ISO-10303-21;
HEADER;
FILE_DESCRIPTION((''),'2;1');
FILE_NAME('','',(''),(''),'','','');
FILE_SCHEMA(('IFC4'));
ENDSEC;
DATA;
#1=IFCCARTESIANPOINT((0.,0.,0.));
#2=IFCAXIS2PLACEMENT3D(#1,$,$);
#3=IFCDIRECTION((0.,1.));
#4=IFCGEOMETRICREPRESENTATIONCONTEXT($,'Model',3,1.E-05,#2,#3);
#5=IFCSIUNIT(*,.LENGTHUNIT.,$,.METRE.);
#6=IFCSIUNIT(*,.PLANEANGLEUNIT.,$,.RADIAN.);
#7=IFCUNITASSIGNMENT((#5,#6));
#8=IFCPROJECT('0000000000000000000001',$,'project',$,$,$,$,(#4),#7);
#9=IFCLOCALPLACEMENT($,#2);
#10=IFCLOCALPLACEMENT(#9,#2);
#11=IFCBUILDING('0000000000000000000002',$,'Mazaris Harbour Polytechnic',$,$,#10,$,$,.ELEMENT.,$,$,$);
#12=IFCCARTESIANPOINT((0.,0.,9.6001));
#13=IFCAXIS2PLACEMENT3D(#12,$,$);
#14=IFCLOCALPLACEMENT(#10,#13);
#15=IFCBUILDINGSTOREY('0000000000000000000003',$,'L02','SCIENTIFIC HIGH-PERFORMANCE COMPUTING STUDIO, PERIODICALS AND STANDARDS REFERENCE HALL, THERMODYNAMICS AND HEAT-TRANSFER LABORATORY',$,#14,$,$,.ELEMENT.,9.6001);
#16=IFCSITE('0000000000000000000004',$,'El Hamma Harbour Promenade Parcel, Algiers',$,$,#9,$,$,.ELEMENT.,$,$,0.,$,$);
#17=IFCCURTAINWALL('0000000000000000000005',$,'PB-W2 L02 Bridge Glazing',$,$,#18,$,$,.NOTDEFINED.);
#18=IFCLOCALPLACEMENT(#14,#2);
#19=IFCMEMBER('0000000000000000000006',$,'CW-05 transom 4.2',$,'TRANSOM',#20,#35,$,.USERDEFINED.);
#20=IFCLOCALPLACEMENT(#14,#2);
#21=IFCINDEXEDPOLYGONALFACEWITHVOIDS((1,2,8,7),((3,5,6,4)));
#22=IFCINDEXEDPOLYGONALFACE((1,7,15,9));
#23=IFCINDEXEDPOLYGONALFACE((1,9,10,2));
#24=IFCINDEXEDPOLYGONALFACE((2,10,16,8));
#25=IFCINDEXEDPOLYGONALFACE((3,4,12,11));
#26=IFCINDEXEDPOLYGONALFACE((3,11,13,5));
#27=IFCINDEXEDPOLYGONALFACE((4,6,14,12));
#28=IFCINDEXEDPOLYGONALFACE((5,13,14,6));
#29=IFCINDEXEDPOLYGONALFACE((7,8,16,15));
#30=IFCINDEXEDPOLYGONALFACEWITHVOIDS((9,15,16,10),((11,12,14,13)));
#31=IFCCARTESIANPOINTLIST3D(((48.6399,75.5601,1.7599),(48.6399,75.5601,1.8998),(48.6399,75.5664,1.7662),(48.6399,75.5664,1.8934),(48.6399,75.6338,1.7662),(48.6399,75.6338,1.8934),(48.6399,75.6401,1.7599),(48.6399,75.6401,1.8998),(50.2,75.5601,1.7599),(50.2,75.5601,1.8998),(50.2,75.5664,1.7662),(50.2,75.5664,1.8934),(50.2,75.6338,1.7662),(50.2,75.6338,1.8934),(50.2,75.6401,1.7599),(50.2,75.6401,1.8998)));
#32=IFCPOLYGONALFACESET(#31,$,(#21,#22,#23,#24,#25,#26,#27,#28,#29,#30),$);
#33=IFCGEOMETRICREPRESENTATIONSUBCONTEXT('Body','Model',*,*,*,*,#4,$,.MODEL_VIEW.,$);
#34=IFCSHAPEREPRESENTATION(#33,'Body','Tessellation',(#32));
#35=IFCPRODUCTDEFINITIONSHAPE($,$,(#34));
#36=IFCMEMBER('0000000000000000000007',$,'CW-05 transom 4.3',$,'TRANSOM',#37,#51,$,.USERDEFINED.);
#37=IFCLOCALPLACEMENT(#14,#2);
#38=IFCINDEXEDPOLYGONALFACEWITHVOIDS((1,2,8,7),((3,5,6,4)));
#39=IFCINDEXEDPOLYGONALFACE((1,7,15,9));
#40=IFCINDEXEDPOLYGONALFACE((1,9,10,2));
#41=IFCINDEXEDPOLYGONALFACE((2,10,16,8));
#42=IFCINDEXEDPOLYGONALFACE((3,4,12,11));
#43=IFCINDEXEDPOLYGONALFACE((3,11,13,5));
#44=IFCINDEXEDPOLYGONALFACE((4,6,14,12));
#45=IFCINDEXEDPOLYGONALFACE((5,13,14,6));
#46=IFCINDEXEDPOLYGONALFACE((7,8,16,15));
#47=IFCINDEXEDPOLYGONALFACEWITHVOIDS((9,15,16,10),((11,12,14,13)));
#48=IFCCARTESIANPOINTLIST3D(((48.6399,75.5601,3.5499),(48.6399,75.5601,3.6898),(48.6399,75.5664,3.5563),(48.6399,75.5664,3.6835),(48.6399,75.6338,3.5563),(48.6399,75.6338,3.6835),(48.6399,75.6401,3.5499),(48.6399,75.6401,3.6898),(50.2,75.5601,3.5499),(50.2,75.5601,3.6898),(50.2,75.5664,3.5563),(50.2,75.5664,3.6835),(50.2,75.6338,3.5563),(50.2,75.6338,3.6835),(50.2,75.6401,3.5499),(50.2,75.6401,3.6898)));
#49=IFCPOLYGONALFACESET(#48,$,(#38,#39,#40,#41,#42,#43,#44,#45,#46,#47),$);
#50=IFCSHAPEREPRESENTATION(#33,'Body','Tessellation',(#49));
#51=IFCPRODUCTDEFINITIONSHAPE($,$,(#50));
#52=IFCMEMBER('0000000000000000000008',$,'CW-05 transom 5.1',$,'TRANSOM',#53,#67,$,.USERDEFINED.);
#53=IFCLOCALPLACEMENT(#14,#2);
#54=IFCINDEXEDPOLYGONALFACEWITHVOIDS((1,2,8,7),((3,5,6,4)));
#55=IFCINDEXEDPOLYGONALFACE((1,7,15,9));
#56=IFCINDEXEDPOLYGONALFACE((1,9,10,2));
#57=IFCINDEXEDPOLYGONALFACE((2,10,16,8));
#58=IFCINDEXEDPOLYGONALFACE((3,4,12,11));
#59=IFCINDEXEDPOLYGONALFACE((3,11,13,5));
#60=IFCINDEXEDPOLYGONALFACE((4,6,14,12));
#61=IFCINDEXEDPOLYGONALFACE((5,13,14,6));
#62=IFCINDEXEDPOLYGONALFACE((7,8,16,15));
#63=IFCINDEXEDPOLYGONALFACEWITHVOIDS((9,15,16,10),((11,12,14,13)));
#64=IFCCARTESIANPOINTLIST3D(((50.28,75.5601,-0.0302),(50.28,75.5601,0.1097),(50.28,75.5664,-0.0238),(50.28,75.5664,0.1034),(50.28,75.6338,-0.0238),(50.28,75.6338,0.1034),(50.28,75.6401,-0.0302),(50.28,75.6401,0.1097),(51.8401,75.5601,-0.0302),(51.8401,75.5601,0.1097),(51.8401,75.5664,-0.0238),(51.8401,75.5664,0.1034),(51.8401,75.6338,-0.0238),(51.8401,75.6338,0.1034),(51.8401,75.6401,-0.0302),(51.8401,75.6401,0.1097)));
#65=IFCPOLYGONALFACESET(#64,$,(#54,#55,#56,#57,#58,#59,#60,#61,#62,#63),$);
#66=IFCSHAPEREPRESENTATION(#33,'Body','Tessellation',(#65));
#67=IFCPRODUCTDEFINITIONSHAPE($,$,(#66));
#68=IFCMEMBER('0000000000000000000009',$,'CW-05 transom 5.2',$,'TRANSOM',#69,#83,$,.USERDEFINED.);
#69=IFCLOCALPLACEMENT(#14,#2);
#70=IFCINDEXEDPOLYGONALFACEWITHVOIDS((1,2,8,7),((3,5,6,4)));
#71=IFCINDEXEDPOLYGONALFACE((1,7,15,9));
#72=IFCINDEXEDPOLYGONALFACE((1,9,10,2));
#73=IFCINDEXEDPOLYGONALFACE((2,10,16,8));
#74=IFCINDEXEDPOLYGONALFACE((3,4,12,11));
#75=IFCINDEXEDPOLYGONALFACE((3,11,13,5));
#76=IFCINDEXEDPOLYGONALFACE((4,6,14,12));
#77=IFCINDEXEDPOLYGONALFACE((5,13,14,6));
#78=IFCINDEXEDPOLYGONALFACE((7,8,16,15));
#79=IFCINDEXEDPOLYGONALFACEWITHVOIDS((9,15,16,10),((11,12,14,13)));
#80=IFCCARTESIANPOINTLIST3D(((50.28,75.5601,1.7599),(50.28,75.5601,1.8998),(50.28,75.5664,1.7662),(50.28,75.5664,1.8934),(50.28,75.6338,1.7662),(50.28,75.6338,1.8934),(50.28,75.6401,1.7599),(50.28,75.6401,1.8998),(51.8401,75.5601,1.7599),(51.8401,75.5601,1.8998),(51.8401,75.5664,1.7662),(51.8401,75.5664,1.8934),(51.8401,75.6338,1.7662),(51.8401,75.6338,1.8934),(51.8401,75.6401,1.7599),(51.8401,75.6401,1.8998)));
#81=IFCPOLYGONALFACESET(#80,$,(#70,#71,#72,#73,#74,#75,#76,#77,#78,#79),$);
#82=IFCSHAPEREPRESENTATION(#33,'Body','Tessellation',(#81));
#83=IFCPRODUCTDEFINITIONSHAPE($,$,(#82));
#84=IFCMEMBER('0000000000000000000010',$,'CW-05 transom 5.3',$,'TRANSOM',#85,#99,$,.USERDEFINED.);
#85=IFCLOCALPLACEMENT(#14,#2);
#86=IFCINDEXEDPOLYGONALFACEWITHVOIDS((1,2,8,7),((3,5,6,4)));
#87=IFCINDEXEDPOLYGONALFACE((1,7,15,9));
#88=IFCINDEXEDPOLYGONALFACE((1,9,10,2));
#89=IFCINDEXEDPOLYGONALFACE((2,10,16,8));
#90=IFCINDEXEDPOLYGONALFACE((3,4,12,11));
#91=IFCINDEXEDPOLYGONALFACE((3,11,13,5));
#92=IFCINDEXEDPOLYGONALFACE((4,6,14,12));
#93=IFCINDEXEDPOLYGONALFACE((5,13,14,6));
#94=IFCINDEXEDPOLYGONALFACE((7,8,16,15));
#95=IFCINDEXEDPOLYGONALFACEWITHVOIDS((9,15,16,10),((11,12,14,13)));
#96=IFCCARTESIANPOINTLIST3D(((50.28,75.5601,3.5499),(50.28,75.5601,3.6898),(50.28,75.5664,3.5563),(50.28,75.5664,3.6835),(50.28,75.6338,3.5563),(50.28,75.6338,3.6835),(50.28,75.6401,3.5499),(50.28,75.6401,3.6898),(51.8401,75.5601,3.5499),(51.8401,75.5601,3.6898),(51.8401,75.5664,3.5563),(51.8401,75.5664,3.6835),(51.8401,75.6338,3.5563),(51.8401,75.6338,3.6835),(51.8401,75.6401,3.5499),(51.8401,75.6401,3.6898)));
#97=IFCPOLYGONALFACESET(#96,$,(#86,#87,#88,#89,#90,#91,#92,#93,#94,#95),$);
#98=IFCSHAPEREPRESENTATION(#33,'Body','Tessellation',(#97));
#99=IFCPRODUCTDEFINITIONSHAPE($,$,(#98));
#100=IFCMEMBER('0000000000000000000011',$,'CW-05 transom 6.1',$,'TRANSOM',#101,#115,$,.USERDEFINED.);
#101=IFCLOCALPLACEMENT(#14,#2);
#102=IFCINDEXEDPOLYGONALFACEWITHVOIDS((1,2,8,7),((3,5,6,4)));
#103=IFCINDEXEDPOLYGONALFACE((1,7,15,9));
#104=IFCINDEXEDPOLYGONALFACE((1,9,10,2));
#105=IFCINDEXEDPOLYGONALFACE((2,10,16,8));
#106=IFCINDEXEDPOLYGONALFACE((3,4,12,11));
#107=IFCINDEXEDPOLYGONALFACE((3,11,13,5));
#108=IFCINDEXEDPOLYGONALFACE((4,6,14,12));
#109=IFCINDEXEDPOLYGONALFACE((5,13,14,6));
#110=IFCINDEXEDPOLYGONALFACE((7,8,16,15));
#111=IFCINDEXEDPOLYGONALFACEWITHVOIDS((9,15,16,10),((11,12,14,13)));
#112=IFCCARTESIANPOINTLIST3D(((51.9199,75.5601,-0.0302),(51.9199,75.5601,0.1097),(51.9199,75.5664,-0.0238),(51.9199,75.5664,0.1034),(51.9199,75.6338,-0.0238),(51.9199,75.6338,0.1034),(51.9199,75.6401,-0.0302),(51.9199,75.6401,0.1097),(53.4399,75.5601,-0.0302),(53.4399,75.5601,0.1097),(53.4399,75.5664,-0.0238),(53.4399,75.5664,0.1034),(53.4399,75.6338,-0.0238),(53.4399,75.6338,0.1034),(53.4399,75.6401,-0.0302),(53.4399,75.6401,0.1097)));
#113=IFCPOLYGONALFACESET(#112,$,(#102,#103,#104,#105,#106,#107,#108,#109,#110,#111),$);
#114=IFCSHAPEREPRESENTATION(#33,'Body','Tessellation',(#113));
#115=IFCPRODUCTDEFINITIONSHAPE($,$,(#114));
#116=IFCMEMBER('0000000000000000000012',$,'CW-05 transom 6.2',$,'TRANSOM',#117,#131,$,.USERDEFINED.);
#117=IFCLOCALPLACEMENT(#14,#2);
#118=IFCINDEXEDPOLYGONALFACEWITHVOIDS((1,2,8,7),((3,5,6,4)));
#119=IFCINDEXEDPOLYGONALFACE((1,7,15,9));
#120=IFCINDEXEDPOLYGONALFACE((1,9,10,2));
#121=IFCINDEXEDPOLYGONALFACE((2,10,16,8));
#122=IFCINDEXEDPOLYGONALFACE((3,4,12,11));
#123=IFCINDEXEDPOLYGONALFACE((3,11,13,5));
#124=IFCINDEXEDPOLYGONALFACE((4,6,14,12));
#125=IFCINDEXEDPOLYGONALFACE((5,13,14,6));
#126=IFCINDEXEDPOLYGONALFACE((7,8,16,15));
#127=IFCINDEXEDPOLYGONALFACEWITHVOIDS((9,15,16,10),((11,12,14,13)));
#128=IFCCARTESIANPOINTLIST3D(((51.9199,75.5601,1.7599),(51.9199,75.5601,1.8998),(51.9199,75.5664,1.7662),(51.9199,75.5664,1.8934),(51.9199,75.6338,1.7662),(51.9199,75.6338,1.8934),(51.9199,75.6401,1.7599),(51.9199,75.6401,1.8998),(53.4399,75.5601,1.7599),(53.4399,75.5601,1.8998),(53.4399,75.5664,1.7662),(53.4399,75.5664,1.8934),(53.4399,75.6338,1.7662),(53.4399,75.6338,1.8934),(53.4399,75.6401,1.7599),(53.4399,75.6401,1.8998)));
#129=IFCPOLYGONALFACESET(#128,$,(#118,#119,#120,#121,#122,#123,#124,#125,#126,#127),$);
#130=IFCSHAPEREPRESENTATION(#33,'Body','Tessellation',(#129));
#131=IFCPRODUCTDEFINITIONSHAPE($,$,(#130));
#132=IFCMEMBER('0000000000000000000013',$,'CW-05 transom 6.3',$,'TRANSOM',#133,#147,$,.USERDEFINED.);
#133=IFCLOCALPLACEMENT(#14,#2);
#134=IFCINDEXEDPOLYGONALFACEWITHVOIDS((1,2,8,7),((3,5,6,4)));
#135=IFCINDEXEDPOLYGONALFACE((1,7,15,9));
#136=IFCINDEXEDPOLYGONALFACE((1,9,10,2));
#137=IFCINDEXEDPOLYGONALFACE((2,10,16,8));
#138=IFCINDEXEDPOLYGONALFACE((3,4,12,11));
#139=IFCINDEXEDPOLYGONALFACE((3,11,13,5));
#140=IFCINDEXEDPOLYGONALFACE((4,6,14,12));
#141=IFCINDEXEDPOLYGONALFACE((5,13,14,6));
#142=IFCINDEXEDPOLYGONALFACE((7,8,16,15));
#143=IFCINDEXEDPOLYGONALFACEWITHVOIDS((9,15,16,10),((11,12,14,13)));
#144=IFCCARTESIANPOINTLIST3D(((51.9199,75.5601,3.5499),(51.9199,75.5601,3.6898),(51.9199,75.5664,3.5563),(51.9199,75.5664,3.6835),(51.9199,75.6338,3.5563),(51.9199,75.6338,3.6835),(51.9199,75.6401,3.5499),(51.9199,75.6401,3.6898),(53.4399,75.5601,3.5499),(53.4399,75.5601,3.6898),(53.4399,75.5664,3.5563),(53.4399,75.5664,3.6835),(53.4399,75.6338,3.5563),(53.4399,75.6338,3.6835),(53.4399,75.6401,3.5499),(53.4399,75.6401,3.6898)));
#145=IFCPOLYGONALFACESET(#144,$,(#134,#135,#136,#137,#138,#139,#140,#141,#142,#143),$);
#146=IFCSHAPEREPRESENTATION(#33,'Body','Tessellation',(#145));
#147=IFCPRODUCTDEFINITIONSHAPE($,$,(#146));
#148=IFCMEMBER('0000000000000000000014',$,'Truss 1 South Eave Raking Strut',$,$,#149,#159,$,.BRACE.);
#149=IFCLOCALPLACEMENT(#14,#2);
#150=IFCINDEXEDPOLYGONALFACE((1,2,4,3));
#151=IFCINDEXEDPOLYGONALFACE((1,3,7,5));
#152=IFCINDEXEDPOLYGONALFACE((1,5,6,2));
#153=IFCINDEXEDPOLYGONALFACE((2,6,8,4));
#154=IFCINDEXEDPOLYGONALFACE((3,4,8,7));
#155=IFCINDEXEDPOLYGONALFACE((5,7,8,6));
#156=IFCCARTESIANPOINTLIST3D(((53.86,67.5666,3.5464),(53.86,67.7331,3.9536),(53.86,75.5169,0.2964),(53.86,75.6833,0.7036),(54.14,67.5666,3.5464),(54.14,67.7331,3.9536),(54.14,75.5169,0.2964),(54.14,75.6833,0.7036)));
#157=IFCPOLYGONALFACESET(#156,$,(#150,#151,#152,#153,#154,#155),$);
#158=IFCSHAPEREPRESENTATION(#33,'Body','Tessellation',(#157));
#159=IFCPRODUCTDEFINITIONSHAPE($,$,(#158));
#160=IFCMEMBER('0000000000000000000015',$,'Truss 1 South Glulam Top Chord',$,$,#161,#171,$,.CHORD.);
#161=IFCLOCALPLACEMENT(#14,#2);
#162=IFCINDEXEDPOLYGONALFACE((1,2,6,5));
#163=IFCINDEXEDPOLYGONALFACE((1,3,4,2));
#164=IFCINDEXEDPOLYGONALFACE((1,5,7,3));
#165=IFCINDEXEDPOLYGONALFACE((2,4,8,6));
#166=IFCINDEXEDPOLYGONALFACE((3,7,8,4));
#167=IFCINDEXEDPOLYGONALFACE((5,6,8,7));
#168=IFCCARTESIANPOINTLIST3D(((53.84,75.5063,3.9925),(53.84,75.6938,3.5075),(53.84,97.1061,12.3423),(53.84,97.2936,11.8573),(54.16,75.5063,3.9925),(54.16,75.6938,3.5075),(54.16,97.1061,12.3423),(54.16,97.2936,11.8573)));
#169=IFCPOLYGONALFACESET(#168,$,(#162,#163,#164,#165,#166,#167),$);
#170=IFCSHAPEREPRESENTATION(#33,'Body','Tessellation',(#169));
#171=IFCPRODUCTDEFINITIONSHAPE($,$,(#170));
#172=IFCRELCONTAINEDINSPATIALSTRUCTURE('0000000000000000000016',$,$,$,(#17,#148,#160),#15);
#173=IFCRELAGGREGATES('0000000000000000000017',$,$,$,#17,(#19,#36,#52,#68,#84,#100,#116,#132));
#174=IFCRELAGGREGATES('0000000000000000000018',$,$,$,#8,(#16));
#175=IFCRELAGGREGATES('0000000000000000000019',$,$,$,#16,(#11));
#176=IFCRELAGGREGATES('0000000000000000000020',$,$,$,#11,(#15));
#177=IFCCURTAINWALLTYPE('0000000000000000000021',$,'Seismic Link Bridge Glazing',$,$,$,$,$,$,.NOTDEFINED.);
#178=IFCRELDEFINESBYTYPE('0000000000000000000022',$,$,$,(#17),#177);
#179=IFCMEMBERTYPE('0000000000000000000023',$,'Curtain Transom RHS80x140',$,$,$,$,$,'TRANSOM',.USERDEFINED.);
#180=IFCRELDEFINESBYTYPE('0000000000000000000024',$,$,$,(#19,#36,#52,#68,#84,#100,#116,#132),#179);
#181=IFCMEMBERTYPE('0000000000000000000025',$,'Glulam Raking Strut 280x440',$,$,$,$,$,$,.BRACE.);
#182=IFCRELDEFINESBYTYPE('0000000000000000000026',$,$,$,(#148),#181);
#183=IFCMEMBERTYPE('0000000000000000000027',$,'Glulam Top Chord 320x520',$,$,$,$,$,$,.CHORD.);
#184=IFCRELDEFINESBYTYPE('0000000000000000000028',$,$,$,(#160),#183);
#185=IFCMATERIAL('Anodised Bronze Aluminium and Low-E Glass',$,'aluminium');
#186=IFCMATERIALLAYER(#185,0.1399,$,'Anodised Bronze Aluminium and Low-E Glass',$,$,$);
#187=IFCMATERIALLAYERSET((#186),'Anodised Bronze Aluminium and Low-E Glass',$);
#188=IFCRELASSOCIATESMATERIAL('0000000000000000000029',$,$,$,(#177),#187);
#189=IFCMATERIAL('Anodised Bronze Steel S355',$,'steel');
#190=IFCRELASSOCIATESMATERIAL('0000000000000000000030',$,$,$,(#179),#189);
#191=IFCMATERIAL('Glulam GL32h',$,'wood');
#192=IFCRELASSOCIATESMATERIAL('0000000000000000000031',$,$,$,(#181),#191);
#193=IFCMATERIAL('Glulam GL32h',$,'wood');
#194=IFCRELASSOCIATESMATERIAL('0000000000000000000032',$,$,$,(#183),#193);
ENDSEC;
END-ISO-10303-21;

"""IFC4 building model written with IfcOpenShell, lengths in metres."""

from ifc_helpers import new_model, si_unit, direction, frame, origin, origin_2d, place, context, subcontext, project, spatial, rectangle, hollow_rectangle, extrude, material, layer, layer_set, material_profile, profile_set, type_object, element, aggregate, save


model = new_model("IFC4")

# Units and contexts
model_context = context("Model", 3, precision=1e-05, world=origin(), true_north=direction((0.0, 1.0)))
body_context = subcontext(model_context, "Body", "Model", "MODEL_VIEW")
ifc_project = project(units=[si_unit("LENGTHUNIT", "METRE"), si_unit("PLANEANGLEUNIT", "RADIAN")], contexts=[model_context])

# Site, building, storey
site_placement = place(None, origin())
site = spatial("IfcSite", under=ifc_project, at=site_placement, Name="El Hamma Harbour Promenade Parcel, Algiers", CompositionType="ELEMENT", RefElevation=0.0)
building_placement = place(site_placement, origin())
building = spatial("IfcBuilding", under=site, at=building_placement, Name="Mazaris Harbour Polytechnic", CompositionType="ELEMENT")
storey_placement = place(building_placement, frame((0.0, 0.0, 9.6001)))
storey = spatial("IfcBuildingStorey", under=building, at=storey_placement, Name="L02", Description="SCIENTIFIC HIGH-PERFORMANCE COMPUTING STUDIO, PERIODICALS AND STANDARDS REFERENCE HALL, THERMODYNAMICS AND HEAT-TRANSFER LABORATORY", CompositionType="ELEMENT", Elevation=9.6001)

# Curtain wall, members
ifc_material_1 = material(Name="Anodised Bronze Aluminium and Low-E Glass", Category="aluminium")
ifc_layer_1 = layer(ifc_material_1, 0.1399, Name="Anodised Bronze Aluminium and Low-E Glass")
ifc_layer_set_1 = layer_set([ifc_layer_1], Name="Anodised Bronze Aluminium and Low-E Glass")
curtain_wall_type_1 = type_object("IfcCurtainWallType", Name="Seismic Link Bridge Glazing", PredefinedType="NOTDEFINED", material=ifc_layer_set_1)
curtain_wall_1_placement = place(storey_placement, origin())
curtain_wall_1 = element("IfcCurtainWall", 1, at=curtain_wall_1_placement, inside=storey, type_object=curtain_wall_type_1, Name="PB-W2 L02 Bridge Glazing", PredefinedType="NOTDEFINED")
ifc_material_2 = material(Name="Anodised Bronze Steel S355", Category="steel")
ifc_material_profile_1 = material_profile(ifc_material_2, hollow_rectangle(XDim=0.0801, YDim=0.1399, WallThickness=0.0063, at=origin_2d()), Name="RHS 80x140x6.3")
ifc_profile_set_1 = profile_set([ifc_material_profile_1], Name="Anodised Bronze Steel S355")
member_type_1 = type_object("IfcMemberType", Name="Curtain Transom RHS80x140", ElementType="TRANSOM", PredefinedType="USERDEFINED", material=ifc_profile_set_1)
member_1_placement = place(storey_placement, frame((48.6399, 75.6001, 1.8298), z_axis=(1.0, 0.0, 0.0), x_axis=(0.0, 1.0, 0.0)))
member_1 = element("IfcMember", 2, at=member_1_placement, type_object=member_type_1, Name="CW-05 transom 4.2", ObjectType="TRANSOM", PredefinedType="USERDEFINED", context=body_context, shape_type="SweptSolid", body=[
    extrude(hollow_rectangle(XDim=0.0801, YDim=0.1399, WallThickness=0.0063, at=origin_2d()), origin(), (0.0, 0.0, 1.0), 1.5601),
])
member_2_placement = place(storey_placement, frame((48.6399, 75.6001, 3.6199), z_axis=(1.0, 0.0, 0.0), x_axis=(0.0, 1.0, 0.0)))
member_2 = element("IfcMember", 3, at=member_2_placement, type_object=member_type_1, Name="CW-05 transom 4.3", ObjectType="TRANSOM", PredefinedType="USERDEFINED", context=body_context, shape_type="SweptSolid", body=[
    extrude(hollow_rectangle(XDim=0.0801, YDim=0.1399, WallThickness=0.0063, at=origin_2d()), origin(), (0.0, 0.0, 1.0), 1.5601),
])
member_3_placement = place(storey_placement, frame((50.28, 75.6001, 0.0398), z_axis=(1.0, 0.0, 0.0), x_axis=(0.0, 1.0, 0.0)))
member_3 = element("IfcMember", 4, at=member_3_placement, type_object=member_type_1, Name="CW-05 transom 5.1", ObjectType="TRANSOM", PredefinedType="USERDEFINED", context=body_context, shape_type="SweptSolid", body=[
    extrude(hollow_rectangle(XDim=0.0801, YDim=0.1399, WallThickness=0.0063, at=origin_2d()), origin(), (0.0, 0.0, 1.0), 1.5601),
])
member_4_placement = place(storey_placement, frame((50.28, 75.6001, 1.8298), z_axis=(1.0, 0.0, 0.0), x_axis=(0.0, 1.0, 0.0)))
member_4 = element("IfcMember", 5, at=member_4_placement, type_object=member_type_1, Name="CW-05 transom 5.2", ObjectType="TRANSOM", PredefinedType="USERDEFINED", context=body_context, shape_type="SweptSolid", body=[
    extrude(hollow_rectangle(XDim=0.0801, YDim=0.1399, WallThickness=0.0063, at=origin_2d()), origin(), (0.0, 0.0, 1.0), 1.5601),
])
member_5_placement = place(storey_placement, frame((50.28, 75.6001, 3.6199), z_axis=(1.0, 0.0, 0.0), x_axis=(0.0, 1.0, 0.0)))
member_5 = element("IfcMember", 6, at=member_5_placement, type_object=member_type_1, Name="CW-05 transom 5.3", ObjectType="TRANSOM", PredefinedType="USERDEFINED", context=body_context, shape_type="SweptSolid", body=[
    extrude(hollow_rectangle(XDim=0.0801, YDim=0.1399, WallThickness=0.0063, at=origin_2d()), origin(), (0.0, 0.0, 1.0), 1.5601),
])
member_6_placement = place(storey_placement, frame((51.9199, 75.6001, 0.0398), z_axis=(1.0, 0.0, 0.0), x_axis=(0.0, 1.0, 0.0)))
member_6 = element("IfcMember", 7, at=member_6_placement, type_object=member_type_1, Name="CW-05 transom 6.1", ObjectType="TRANSOM", PredefinedType="USERDEFINED", context=body_context, shape_type="SweptSolid", body=[
    extrude(hollow_rectangle(XDim=0.0801, YDim=0.1399, WallThickness=0.0063, at=origin_2d()), origin(), (0.0, 0.0, 1.0), 1.52),
])
member_7_placement = place(storey_placement, frame((51.9199, 75.6001, 1.8298), z_axis=(1.0, 0.0, 0.0), x_axis=(0.0, 1.0, 0.0)))
member_7 = element("IfcMember", 8, at=member_7_placement, type_object=member_type_1, Name="CW-05 transom 6.2", ObjectType="TRANSOM", PredefinedType="USERDEFINED", context=body_context, shape_type="SweptSolid", body=[
    extrude(hollow_rectangle(XDim=0.0801, YDim=0.1399, WallThickness=0.0063, at=origin_2d()), origin(), (0.0, 0.0, 1.0), 1.52),
])
member_8_placement = place(storey_placement, frame((51.9199, 75.6001, 3.6199), z_axis=(1.0, 0.0, 0.0), x_axis=(0.0, 1.0, 0.0)))
member_8 = element("IfcMember", 9, at=member_8_placement, type_object=member_type_1, Name="CW-05 transom 6.3", ObjectType="TRANSOM", PredefinedType="USERDEFINED", context=body_context, shape_type="SweptSolid", body=[
    extrude(hollow_rectangle(XDim=0.0801, YDim=0.1399, WallThickness=0.0063, at=origin_2d()), origin(), (0.0, 0.0, 1.0), 1.52),
])

# Members
ifc_material_3 = material(Name="Glulam GL32h", Category="wood")
ifc_material_profile_2 = material_profile(ifc_material_3, rectangle(XDim=0.28, YDim=0.4399, at=origin_2d()), Name="RECT280x440")
ifc_profile_set_2 = profile_set([ifc_material_profile_2], Name="Glulam GL32h")
member_type_2 = type_object("IfcMemberType", Name="Glulam Raking Strut 280x440", PredefinedType="BRACE", material=ifc_profile_set_2)
member_9_placement = place(storey_placement, frame((54.0, 75.6001, 0.5), z_axis=(0.0, -0.925643, 0.378398), x_axis=(1.0, 0.0, 0.0)))
element("IfcMember", 10, at=member_9_placement, inside=storey, type_object=member_type_2, Name="Truss 1 South Eave Raking Strut", PredefinedType="BRACE", context=body_context, shape_type="SweptSolid", body=[
    extrude(rectangle(XDim=0.28, YDim=0.4399, at=origin_2d()), origin(), (0.0, 0.0, 1.0), 8.5889),
])
ifc_material_4 = material(Name="Glulam GL32h", Category="wood")
ifc_material_profile_3 = material_profile(ifc_material_4, rectangle(XDim=0.3201, YDim=0.52, at=origin_2d()), Name="RECT320x520")
ifc_profile_set_3 = profile_set([ifc_material_profile_3], Name="Glulam GL32h")
member_type_3 = type_object("IfcMemberType", Name="Glulam Top Chord 320x520", PredefinedType="CHORD", material=ifc_profile_set_3)
member_10_placement = place(storey_placement, frame((54.0, 75.6001, 3.75), z_axis=(0.0, 0.932733, 0.360567), x_axis=(-1.0, 0.0, 0.0)))
element("IfcMember", 11, at=member_10_placement, inside=storey, type_object=member_type_3, Name="Truss 1 South Glulam Top Chord", PredefinedType="CHORD", context=body_context, shape_type="SweptSolid", body=[
    extrude(rectangle(XDim=0.3201, YDim=0.52, at=origin_2d()), origin(), (0.0, 0.0, 1.0), 23.1575),
])

aggregate(curtain_wall_1, [member_1, member_2, member_3, member_4, member_5, member_6, member_7, member_8])

save(model, "model.ifc")
